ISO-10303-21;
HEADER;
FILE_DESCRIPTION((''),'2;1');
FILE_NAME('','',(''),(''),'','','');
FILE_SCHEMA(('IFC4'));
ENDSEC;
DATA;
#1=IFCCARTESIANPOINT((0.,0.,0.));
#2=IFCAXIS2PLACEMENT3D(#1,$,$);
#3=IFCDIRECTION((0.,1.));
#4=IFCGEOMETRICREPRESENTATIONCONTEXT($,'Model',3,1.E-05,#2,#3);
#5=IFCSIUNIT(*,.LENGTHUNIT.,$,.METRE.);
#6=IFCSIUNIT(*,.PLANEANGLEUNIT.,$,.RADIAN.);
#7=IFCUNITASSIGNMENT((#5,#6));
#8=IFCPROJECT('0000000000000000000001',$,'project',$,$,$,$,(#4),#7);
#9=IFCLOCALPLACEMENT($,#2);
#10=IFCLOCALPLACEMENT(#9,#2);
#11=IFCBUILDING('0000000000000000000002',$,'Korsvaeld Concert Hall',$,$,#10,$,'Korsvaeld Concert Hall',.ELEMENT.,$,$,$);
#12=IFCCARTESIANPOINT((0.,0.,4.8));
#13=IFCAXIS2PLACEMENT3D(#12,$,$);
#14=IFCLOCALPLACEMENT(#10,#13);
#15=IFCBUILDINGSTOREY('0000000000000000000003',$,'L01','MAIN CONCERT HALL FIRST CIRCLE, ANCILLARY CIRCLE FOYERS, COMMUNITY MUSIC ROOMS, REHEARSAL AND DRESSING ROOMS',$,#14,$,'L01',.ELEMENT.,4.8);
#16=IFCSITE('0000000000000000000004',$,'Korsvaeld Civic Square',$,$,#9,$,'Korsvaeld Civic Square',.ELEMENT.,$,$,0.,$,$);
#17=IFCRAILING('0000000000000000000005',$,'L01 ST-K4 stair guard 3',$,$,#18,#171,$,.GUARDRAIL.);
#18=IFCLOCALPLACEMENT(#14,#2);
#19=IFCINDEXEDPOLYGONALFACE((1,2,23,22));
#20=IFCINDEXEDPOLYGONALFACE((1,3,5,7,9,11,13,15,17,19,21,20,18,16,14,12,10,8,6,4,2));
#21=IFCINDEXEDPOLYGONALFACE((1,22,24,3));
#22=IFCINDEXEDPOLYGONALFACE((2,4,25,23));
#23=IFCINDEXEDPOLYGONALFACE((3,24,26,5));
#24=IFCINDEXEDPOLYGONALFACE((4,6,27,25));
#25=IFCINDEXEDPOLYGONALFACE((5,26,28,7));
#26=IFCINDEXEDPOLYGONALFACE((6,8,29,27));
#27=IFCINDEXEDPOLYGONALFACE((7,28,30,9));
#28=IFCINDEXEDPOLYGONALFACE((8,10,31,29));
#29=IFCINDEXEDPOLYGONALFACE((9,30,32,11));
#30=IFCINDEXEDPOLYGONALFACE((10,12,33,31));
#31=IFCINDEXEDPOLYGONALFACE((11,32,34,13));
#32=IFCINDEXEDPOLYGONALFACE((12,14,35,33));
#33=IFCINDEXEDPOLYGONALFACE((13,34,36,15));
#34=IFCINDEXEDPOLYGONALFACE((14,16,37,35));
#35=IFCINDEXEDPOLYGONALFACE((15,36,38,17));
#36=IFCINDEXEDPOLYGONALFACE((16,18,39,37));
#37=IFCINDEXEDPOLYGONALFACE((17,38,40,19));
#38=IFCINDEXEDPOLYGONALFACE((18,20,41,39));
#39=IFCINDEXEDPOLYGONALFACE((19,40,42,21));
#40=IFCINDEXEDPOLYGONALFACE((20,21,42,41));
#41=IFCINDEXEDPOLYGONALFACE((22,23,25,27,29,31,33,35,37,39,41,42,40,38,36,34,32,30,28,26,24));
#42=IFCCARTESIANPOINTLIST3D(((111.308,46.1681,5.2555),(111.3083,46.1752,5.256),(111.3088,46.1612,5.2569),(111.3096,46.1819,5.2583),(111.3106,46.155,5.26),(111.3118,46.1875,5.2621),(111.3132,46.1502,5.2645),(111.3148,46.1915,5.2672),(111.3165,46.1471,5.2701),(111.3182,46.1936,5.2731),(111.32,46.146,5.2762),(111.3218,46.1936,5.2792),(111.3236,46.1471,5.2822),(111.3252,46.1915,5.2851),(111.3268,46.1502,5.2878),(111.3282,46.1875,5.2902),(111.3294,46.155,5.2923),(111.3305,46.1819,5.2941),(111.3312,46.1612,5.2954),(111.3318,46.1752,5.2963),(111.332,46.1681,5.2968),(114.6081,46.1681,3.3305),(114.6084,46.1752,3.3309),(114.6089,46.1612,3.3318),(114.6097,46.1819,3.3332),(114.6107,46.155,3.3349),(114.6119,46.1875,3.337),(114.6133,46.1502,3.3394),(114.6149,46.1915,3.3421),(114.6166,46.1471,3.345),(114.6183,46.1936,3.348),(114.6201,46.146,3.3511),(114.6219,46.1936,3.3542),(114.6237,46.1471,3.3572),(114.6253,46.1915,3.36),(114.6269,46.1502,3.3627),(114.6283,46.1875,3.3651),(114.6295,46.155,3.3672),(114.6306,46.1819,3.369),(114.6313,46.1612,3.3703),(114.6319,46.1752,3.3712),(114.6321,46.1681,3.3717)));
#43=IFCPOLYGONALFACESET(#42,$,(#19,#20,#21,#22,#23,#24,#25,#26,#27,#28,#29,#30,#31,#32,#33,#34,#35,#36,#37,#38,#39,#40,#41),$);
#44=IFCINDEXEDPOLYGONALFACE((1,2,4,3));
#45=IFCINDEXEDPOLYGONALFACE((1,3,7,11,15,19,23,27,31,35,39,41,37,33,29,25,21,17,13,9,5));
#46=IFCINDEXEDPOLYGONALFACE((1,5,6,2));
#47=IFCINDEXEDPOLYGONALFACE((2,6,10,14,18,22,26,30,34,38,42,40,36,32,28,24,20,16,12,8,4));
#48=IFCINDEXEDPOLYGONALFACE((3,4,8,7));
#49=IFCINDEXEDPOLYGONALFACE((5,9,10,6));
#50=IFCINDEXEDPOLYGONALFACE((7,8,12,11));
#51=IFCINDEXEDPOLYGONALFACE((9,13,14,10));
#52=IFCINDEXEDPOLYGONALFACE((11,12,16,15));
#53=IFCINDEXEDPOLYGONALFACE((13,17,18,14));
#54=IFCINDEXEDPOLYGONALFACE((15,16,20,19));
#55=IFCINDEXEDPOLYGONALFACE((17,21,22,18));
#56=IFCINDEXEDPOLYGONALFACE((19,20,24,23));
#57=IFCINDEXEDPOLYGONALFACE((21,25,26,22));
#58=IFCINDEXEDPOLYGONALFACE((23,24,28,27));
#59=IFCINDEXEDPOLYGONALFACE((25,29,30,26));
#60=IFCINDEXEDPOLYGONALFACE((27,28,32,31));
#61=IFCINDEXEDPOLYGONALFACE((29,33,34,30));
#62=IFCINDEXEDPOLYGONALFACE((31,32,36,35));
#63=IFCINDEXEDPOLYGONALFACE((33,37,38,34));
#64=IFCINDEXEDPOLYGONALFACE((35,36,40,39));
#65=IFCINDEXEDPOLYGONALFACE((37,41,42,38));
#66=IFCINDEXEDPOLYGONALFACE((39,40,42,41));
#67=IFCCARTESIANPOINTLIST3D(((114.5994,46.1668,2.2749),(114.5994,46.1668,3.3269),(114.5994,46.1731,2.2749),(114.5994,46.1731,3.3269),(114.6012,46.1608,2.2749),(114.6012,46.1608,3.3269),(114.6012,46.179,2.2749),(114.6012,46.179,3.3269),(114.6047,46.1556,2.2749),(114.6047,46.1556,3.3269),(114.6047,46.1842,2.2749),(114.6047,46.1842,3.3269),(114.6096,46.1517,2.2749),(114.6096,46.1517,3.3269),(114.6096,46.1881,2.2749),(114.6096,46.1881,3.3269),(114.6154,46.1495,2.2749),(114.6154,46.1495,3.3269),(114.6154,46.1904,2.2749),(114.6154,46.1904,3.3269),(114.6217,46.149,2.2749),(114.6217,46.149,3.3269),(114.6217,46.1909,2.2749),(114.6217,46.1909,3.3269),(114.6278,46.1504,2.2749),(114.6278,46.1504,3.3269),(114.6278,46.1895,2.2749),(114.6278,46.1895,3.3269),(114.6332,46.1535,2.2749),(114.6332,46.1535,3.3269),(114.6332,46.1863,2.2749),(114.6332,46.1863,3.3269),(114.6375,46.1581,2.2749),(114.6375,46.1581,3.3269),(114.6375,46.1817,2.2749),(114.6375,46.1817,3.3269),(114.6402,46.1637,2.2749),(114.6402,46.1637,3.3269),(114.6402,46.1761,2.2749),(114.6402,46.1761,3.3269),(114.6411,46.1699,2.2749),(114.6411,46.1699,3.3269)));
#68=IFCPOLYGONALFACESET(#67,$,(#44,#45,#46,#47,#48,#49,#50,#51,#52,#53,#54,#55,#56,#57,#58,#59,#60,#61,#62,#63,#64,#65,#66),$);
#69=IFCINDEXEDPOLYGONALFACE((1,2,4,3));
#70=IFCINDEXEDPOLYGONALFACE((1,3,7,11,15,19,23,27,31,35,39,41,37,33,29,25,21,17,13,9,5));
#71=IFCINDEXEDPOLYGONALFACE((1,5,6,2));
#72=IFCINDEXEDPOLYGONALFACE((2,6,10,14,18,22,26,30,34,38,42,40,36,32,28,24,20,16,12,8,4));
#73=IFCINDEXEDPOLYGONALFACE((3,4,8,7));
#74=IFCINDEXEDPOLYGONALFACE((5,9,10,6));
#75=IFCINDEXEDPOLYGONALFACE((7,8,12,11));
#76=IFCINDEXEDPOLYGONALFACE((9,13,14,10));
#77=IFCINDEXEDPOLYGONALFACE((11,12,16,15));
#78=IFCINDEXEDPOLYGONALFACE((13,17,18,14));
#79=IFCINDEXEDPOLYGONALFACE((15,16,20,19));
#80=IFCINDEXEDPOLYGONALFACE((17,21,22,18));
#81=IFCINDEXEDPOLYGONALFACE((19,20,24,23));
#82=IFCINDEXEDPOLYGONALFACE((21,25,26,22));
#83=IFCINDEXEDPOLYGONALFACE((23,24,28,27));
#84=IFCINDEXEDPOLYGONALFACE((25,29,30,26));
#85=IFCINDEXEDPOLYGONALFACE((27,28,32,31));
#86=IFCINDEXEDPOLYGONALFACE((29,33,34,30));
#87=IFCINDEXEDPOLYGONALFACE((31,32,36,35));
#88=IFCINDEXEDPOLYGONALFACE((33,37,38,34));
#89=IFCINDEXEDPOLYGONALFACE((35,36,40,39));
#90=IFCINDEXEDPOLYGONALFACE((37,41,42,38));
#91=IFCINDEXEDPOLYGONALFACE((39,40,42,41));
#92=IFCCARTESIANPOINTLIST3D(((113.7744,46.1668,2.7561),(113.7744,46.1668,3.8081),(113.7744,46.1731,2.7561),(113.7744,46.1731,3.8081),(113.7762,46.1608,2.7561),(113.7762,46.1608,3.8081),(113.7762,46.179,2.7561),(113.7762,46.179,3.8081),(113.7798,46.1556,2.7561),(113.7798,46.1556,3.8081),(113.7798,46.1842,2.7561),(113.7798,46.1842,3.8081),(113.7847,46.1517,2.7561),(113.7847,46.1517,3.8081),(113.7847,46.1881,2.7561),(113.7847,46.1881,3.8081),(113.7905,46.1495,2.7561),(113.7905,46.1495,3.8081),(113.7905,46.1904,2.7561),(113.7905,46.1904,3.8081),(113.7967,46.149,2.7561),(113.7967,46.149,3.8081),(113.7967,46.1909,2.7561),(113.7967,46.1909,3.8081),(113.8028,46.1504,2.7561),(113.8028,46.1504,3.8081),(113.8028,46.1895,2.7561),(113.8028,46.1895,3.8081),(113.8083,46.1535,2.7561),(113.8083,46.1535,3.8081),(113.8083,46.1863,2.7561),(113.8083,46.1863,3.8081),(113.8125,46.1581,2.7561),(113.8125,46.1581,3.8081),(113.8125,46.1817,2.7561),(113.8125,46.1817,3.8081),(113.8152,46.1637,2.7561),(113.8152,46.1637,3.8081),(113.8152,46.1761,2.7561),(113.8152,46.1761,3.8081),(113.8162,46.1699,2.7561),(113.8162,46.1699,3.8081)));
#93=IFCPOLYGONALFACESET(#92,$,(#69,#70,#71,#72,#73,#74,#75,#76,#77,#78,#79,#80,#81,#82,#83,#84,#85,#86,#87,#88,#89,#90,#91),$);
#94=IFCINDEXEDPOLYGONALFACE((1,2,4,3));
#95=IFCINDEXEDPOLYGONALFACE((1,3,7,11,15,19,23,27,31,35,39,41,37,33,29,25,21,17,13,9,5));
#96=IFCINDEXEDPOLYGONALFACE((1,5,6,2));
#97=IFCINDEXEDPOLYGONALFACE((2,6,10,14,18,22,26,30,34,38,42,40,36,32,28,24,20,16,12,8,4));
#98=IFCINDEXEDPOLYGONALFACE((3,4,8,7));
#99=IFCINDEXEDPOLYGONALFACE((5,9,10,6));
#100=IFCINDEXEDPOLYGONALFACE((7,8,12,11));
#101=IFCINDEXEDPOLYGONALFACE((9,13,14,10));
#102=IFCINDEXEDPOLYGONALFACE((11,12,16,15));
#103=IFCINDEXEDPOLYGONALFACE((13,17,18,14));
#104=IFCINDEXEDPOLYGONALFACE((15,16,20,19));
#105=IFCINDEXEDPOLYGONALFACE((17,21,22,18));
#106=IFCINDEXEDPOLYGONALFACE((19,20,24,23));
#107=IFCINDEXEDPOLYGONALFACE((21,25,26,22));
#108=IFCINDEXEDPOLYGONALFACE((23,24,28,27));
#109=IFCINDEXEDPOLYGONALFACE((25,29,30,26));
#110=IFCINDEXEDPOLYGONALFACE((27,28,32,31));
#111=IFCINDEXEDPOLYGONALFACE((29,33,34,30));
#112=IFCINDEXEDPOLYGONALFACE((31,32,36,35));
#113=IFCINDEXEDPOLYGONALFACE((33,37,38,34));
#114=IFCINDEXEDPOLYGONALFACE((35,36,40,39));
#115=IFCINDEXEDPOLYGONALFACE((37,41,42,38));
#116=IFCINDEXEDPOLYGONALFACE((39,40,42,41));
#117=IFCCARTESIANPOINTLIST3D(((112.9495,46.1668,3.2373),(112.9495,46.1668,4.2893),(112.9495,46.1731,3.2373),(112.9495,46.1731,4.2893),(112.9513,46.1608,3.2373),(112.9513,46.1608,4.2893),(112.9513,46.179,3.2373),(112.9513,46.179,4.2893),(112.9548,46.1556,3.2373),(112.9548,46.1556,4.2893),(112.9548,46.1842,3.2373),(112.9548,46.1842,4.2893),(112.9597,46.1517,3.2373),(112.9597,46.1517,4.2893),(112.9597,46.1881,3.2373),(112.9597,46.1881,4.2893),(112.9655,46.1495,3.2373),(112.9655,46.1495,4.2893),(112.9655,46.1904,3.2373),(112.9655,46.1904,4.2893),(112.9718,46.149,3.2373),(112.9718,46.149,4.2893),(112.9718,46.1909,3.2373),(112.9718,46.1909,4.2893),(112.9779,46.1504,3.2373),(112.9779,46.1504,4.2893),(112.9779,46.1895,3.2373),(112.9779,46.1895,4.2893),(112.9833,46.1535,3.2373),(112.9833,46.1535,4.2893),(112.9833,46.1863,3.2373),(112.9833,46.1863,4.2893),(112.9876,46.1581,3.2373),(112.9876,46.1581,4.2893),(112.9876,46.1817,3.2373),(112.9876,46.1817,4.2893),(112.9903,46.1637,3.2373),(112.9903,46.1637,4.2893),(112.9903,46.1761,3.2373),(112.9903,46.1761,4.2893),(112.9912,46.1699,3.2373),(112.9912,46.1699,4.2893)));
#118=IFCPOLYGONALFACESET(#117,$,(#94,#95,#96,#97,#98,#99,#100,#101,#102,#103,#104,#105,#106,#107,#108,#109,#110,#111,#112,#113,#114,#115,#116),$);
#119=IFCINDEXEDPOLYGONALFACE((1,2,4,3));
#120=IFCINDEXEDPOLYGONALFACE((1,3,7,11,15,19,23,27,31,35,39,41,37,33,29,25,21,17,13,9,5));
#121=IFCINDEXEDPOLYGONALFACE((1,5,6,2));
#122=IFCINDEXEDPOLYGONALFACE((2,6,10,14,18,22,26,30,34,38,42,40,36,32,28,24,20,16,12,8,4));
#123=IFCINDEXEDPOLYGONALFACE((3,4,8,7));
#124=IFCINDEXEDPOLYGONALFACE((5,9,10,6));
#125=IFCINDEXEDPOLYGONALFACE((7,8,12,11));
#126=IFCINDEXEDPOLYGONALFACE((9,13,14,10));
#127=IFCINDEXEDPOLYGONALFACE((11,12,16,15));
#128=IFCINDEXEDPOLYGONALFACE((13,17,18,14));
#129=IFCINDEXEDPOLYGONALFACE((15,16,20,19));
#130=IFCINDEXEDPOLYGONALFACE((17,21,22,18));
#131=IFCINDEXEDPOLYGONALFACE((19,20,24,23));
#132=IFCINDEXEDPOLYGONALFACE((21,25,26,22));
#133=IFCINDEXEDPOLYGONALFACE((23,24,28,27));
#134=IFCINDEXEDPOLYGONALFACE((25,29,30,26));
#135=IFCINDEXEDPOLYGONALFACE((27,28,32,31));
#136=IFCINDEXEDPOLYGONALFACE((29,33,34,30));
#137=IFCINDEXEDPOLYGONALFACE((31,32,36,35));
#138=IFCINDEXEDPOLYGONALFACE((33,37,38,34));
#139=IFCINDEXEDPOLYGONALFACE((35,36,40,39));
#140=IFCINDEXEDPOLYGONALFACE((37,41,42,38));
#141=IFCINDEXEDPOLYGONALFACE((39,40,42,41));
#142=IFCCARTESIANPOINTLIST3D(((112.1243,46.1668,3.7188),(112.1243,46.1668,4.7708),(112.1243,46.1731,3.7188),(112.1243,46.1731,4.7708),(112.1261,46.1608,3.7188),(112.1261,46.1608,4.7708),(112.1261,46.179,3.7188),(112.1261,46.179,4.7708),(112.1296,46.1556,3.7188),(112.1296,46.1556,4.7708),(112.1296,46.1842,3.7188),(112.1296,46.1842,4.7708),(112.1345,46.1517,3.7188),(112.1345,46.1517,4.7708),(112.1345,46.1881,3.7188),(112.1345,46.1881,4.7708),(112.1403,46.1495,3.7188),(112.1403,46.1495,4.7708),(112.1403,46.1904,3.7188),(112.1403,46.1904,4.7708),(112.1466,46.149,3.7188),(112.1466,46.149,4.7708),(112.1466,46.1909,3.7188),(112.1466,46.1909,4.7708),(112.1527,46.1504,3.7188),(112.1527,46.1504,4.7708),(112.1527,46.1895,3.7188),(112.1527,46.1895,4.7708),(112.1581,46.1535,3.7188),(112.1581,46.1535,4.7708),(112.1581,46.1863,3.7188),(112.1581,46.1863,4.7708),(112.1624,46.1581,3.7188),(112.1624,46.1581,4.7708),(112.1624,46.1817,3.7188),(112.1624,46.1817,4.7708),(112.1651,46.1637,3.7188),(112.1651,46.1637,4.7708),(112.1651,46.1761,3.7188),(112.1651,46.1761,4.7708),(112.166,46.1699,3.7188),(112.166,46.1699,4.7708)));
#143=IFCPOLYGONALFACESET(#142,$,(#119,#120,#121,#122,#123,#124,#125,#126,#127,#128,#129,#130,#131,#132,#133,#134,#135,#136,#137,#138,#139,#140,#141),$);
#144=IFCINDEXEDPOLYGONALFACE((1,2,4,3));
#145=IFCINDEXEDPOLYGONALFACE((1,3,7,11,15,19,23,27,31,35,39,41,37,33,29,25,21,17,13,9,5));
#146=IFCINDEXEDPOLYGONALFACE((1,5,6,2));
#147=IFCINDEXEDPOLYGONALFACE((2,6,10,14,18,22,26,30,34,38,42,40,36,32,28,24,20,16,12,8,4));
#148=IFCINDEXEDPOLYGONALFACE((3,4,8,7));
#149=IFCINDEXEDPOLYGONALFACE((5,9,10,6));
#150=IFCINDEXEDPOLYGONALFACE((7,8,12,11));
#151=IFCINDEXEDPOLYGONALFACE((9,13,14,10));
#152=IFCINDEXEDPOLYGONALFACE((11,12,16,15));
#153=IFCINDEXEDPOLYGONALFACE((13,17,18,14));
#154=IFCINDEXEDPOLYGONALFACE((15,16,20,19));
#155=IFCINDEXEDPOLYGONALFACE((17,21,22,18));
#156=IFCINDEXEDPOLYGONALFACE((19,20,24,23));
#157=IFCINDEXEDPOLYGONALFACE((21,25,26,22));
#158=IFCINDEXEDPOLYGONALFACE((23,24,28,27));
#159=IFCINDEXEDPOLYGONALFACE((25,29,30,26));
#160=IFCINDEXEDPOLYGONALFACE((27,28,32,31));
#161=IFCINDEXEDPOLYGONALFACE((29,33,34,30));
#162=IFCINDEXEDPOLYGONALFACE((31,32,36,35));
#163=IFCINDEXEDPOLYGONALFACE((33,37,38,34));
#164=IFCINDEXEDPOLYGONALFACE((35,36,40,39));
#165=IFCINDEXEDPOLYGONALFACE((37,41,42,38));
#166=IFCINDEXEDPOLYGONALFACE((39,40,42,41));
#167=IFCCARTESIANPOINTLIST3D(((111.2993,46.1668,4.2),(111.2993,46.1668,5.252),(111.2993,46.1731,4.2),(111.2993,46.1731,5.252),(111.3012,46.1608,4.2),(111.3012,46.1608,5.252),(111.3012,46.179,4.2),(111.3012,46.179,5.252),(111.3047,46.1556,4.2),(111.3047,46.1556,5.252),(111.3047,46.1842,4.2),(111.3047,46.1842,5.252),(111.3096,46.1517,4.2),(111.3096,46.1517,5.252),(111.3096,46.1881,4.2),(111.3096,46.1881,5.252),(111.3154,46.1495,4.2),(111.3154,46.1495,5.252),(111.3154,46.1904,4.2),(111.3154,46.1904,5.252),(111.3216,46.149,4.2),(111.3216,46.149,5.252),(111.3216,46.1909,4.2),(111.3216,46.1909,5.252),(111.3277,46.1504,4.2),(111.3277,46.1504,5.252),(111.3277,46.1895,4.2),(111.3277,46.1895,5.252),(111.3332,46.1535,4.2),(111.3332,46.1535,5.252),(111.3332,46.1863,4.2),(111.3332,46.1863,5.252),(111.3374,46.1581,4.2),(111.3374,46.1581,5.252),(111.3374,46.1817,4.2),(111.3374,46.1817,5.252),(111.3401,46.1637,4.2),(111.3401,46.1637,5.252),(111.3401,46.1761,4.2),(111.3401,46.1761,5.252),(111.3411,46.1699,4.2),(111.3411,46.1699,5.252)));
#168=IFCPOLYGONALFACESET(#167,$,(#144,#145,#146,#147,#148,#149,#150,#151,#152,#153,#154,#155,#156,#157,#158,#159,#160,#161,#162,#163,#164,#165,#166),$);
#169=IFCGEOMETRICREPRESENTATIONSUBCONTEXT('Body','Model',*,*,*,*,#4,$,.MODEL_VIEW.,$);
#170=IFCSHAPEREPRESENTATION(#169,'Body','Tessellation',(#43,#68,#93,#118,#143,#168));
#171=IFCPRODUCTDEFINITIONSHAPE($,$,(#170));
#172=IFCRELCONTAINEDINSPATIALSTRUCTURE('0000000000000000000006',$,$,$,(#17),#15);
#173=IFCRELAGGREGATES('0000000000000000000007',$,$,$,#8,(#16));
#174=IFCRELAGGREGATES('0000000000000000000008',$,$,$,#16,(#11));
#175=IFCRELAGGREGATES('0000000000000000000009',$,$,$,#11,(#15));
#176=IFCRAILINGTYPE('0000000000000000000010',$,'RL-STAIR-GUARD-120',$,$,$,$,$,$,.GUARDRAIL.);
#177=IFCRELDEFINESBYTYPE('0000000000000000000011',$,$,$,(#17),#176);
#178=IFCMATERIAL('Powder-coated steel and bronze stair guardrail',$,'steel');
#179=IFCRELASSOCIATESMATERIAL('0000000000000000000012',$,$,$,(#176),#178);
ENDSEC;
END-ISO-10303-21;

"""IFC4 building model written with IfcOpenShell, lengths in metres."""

from ifc_helpers import new_model, si_unit, direction, frame, origin, origin_2d, place, context, subcontext, project, spatial, circle, extrude, material, type_object, element, save


model = new_model("IFC4")

# Units and contexts
model_context = context("Model", 3, precision=1e-05, world=origin(), true_north=direction((0.0, 1.0)))
body_context = subcontext(model_context, "Body", "Model", "MODEL_VIEW")
ifc_project = project(units=[si_unit("LENGTHUNIT", "METRE"), si_unit("PLANEANGLEUNIT", "RADIAN")], contexts=[model_context])

# Site, building, storey
site_placement = place(None, origin())
site = spatial("IfcSite", under=ifc_project, at=site_placement, Name="Korsvaeld Civic Square", LongName="Korsvaeld Civic Square", CompositionType="ELEMENT", RefElevation=0.0)
building_placement = place(site_placement, origin())
building = spatial("IfcBuilding", under=site, at=building_placement, Name="Korsvaeld Concert Hall", LongName="Korsvaeld Concert Hall", CompositionType="ELEMENT")
storey_placement = place(building_placement, frame((0.0, 0.0, 4.8)))
storey = spatial("IfcBuildingStorey", under=building, at=storey_placement, Name="L01", Description="MAIN CONCERT HALL FIRST CIRCLE, ANCILLARY CIRCLE FOYERS, COMMUNITY MUSIC ROOMS, REHEARSAL AND DRESSING ROOMS", LongName="L01", CompositionType="ELEMENT", Elevation=4.8)

# Railing
ifc_material_1 = material(Name="Powder-coated steel and bronze stair guardrail", Category="steel")
railing_type_1 = type_object("IfcRailingType", Name="RL-STAIR-GUARD-120", PredefinedType="GUARDRAIL", material=ifc_material_1)
railing_1_placement = place(storey_placement, frame((114.6201, 46.1699, 2.2749)))
element("IfcRailing", 1, at=railing_1_placement, inside=storey, type_object=railing_type_1, Name="L01 ST-K4 stair guard 3", PredefinedType="GUARDRAIL", context=body_context, shape_type="SweptSolid", body=[
    extrude(circle(Radius=0.0239, at=origin_2d()), frame((0.0, 0.0, 1.0762), z_axis=(-0.863777, 0.0, 0.503875), x_axis=(0.0, -1.0, 0.0)), (0.0, 0.0, 1.0), 3.8206),
    extrude(circle(Radius=0.021, at=origin_2d()), origin(), (0.0, 0.0, 1.0), 1.052),
    extrude(circle(Radius=0.021, at=origin_2d()), frame((-0.825, 0.0, 0.4812)), (0.0, 0.0, 1.0), 1.052),
    extrude(circle(Radius=0.021, at=origin_2d()), frame((-1.6499, 0.0, 0.9624)), (0.0, 0.0, 1.0), 1.052),
    extrude(circle(Radius=0.021, at=origin_2d()), frame((-2.4751, 0.0, 1.4438)), (0.0, 0.0, 1.0), 1.052),
    extrude(circle(Radius=0.021, at=origin_2d()), frame((-3.3, 0.0, 1.925)), (0.0, 0.0, 1.0), 1.052),
])

save(model, "model.ifc")
